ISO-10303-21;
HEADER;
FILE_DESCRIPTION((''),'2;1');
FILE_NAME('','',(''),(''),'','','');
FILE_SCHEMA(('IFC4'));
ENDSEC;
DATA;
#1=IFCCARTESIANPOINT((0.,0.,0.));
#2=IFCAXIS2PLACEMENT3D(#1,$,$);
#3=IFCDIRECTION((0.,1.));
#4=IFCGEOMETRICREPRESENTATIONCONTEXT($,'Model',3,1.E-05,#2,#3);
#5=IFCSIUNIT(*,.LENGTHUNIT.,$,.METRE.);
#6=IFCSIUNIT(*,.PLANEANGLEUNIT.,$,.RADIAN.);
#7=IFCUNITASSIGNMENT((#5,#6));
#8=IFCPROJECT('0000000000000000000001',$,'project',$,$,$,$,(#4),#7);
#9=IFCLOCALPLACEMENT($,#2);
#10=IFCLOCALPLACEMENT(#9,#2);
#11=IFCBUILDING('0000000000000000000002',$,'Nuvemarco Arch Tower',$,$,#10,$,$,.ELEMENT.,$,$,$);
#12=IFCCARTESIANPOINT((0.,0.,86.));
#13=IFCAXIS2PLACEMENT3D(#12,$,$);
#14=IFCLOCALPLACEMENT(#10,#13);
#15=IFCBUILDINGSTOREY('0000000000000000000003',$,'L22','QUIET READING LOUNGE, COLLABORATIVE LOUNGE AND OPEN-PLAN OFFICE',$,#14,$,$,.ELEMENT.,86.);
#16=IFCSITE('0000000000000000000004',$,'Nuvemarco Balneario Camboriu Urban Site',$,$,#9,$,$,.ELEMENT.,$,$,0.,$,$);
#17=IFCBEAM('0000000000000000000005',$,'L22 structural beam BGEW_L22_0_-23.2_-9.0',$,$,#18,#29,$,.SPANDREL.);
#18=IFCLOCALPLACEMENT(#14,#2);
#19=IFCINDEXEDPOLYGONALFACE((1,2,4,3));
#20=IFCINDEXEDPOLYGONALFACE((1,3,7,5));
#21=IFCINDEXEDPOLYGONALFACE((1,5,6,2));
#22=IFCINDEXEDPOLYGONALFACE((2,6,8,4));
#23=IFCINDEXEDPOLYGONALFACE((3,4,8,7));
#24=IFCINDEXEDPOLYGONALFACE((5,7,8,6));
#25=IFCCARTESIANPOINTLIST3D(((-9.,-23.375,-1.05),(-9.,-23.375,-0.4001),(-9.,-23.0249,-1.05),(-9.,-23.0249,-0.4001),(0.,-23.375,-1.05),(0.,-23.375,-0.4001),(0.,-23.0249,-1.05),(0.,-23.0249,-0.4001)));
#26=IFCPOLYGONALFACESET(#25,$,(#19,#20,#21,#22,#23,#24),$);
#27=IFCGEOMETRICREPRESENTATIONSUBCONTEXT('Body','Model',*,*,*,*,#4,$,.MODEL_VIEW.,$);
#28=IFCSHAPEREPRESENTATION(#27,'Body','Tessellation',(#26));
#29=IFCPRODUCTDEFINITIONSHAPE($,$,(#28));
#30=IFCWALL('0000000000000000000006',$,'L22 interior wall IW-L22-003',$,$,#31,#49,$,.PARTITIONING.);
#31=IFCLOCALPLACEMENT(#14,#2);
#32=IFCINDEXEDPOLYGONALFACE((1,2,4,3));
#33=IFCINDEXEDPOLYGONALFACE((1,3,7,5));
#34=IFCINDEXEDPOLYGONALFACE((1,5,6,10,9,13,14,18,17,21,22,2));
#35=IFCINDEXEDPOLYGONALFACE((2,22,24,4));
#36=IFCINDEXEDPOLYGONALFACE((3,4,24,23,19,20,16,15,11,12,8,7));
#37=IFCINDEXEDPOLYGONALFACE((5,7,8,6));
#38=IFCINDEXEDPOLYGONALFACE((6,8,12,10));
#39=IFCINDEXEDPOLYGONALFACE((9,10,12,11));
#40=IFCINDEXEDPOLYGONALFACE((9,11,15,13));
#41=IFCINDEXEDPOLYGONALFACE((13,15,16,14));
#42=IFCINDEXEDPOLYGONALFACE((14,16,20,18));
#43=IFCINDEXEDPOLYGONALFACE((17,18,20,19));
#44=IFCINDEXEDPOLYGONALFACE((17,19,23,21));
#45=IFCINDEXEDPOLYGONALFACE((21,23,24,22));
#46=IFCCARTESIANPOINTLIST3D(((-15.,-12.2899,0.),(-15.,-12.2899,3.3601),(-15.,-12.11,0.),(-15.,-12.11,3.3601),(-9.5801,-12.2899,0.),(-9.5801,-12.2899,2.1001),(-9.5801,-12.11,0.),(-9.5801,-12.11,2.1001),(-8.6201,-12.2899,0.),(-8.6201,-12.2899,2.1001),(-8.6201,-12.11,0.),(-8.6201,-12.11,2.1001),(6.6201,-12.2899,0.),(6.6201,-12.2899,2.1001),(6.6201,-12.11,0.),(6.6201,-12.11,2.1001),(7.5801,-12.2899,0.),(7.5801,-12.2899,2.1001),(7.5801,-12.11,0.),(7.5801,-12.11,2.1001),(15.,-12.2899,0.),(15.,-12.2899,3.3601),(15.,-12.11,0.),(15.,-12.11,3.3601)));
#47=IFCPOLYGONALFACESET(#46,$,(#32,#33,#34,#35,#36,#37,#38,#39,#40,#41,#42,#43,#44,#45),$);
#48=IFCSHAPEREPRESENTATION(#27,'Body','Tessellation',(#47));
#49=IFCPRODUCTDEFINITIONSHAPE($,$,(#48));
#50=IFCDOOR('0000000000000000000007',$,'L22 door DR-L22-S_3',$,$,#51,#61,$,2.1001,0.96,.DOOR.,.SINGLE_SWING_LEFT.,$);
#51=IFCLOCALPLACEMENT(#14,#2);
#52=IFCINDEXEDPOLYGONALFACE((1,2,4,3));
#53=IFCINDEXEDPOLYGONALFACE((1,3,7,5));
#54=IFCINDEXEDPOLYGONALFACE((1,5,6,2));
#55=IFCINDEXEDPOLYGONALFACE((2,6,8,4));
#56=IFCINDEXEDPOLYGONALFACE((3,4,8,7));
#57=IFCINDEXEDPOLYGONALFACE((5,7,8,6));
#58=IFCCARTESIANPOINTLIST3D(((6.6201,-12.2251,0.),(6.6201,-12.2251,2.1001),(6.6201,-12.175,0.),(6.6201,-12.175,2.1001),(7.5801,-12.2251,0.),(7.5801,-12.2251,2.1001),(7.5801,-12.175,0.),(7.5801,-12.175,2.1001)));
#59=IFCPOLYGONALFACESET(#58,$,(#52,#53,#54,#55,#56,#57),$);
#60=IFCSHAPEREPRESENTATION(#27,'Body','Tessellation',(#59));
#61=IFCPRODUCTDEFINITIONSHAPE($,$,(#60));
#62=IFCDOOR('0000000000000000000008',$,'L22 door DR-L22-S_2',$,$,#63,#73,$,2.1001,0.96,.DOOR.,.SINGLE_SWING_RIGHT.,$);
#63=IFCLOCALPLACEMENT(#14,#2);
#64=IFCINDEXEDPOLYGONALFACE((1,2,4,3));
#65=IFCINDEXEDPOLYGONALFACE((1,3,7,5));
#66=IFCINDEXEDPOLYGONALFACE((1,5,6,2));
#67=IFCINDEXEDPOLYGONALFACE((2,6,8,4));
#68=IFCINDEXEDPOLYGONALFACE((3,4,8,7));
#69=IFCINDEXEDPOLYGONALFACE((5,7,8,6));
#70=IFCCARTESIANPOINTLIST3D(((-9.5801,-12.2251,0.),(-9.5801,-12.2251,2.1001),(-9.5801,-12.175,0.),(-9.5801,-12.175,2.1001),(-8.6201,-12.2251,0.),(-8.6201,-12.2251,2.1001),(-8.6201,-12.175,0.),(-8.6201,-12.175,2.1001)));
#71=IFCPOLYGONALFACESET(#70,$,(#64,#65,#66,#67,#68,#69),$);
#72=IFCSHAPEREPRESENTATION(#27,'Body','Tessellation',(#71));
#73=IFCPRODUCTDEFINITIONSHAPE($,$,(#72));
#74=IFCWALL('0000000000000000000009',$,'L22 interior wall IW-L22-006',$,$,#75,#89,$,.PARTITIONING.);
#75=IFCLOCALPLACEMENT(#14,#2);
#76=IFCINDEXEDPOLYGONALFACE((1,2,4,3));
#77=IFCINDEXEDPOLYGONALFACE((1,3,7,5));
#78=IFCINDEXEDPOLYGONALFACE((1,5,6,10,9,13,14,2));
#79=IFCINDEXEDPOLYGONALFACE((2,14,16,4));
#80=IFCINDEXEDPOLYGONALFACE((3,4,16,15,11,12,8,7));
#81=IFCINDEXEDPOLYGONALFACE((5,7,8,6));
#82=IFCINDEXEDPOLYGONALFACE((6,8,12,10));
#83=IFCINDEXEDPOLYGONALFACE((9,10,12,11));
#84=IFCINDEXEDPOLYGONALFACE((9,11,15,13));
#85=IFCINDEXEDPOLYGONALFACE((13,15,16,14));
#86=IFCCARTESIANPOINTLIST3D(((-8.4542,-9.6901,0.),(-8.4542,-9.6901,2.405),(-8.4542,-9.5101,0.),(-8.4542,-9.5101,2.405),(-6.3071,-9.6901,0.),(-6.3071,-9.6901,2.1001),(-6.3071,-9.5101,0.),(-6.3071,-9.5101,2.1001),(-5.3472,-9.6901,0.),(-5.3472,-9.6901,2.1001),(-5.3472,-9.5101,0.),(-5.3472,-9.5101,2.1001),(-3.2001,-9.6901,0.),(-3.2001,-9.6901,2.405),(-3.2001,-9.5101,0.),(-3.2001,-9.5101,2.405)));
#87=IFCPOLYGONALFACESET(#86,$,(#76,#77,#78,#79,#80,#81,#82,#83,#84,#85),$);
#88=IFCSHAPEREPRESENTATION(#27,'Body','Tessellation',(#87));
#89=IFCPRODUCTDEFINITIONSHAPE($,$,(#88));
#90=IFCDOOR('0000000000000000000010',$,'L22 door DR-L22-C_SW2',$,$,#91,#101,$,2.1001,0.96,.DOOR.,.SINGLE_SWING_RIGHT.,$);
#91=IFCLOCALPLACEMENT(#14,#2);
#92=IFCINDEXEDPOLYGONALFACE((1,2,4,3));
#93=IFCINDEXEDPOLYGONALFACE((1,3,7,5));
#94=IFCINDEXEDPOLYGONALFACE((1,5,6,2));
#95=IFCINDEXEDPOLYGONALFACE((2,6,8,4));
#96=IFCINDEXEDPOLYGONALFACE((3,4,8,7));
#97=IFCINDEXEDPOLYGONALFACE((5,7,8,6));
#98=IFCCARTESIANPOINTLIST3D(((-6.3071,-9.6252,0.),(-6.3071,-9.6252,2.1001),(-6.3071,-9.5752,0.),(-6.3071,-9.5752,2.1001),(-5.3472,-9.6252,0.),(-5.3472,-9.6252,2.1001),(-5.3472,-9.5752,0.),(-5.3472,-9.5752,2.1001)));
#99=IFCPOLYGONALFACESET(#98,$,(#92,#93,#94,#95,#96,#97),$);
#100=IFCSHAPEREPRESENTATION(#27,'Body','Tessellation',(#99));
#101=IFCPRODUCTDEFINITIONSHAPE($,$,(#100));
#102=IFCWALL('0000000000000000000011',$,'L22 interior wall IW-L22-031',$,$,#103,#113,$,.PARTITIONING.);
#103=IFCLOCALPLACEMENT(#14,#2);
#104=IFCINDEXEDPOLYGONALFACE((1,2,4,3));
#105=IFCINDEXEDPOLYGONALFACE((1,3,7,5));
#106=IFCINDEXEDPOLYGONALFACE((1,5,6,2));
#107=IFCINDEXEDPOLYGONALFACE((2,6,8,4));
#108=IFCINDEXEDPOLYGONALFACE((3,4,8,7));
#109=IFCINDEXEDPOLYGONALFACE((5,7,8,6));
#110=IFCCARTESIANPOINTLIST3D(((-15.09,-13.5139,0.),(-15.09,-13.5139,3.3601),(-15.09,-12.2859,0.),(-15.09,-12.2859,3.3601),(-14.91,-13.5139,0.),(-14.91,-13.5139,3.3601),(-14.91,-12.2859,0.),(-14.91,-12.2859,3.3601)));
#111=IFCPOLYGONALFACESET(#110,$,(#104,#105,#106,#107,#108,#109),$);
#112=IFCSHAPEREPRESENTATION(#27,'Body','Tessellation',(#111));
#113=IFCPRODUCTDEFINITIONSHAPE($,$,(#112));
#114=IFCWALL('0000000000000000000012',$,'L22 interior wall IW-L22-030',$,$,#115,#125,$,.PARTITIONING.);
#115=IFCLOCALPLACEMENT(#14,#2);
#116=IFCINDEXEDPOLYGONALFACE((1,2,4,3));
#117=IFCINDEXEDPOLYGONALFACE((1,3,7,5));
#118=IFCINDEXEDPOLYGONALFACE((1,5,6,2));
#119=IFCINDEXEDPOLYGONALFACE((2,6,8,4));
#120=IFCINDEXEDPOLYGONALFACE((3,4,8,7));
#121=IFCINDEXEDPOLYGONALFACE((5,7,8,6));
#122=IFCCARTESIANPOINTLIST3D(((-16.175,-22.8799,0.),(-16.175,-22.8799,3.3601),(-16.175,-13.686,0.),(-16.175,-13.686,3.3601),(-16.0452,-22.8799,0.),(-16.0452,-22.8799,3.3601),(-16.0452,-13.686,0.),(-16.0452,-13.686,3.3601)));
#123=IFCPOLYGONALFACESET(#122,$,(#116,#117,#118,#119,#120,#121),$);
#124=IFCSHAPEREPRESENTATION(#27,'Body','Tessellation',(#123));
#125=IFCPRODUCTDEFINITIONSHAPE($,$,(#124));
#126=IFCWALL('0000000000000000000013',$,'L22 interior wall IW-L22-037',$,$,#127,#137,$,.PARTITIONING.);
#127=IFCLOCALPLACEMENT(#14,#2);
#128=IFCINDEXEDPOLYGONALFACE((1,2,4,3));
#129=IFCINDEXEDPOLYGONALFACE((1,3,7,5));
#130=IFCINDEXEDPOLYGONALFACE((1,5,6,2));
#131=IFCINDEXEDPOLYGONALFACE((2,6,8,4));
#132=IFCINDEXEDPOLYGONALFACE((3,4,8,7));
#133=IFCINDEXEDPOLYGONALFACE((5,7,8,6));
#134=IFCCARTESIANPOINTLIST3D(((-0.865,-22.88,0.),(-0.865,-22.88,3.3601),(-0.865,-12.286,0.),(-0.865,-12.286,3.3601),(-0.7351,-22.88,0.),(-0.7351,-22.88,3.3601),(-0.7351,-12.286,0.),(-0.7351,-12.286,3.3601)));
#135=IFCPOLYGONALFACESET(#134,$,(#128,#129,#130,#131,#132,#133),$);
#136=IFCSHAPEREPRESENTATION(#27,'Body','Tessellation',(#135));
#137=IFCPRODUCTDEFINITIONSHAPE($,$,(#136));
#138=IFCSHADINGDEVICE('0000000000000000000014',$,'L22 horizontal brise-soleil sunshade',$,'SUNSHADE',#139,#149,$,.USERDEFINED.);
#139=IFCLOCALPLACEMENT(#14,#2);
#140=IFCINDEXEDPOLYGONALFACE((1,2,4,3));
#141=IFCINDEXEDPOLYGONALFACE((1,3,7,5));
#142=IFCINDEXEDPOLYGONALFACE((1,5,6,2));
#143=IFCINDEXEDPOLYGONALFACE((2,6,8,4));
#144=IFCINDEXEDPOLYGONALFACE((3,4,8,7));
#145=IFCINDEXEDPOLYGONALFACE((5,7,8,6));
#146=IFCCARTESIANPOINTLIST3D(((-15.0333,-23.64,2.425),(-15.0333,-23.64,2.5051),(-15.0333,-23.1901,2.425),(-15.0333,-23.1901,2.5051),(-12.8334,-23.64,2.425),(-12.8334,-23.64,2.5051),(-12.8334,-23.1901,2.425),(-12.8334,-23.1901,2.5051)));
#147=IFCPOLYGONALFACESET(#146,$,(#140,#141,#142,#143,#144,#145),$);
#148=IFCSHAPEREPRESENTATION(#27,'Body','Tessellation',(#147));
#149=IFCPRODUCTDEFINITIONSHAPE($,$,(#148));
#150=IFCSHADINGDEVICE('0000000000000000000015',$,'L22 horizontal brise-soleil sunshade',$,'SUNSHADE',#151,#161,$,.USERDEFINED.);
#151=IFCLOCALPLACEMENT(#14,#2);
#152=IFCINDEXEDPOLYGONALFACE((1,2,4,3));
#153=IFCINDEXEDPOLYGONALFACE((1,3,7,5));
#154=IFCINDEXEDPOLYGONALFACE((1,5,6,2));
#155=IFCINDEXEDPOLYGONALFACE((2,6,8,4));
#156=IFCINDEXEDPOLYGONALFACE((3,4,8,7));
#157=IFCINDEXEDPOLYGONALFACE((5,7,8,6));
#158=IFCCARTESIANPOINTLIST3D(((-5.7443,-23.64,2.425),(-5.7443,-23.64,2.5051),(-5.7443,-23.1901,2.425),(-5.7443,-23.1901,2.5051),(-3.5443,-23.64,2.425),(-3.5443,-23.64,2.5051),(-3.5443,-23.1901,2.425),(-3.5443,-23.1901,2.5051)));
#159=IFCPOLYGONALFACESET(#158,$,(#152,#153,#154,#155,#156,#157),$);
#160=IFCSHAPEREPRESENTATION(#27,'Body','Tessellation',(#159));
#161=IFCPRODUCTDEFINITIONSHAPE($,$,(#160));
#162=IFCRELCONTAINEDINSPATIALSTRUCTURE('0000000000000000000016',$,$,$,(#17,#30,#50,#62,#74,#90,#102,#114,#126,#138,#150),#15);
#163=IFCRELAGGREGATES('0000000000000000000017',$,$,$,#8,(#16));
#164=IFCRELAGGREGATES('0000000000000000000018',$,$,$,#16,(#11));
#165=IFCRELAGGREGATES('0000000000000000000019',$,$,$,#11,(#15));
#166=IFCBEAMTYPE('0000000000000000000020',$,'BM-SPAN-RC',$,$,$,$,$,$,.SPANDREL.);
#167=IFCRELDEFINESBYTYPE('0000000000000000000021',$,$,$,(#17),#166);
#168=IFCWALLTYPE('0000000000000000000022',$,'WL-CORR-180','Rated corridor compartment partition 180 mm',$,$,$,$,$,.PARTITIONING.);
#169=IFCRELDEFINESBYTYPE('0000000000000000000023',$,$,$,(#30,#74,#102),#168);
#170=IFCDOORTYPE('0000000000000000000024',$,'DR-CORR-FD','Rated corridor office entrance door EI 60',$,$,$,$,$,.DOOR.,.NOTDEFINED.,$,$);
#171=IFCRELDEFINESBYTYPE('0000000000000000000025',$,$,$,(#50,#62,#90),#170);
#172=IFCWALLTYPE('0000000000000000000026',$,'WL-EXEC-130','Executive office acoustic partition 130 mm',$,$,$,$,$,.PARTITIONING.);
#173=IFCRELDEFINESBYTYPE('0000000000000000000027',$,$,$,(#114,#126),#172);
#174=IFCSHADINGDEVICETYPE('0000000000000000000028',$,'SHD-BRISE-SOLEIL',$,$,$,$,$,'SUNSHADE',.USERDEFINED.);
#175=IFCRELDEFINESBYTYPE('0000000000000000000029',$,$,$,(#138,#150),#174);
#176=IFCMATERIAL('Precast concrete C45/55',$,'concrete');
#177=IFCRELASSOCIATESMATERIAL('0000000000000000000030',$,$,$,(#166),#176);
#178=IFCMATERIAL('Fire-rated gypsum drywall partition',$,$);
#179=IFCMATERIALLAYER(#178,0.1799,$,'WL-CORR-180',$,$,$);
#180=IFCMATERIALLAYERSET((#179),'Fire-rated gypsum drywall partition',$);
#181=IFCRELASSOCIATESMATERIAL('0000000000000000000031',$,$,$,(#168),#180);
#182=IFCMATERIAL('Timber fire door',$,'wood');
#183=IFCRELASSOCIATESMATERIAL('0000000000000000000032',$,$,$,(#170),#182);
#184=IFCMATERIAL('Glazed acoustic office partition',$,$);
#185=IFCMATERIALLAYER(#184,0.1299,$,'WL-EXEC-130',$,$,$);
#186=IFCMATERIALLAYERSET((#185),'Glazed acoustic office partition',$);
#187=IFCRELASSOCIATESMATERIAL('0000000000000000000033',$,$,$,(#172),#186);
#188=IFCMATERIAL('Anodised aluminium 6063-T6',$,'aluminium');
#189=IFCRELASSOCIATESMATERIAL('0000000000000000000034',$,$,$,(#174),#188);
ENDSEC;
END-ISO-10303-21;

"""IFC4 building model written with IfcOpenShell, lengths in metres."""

from ifc_helpers import new_model, si_unit, direction, frame, frame_2d, origin, origin_2d, place, context, subcontext, project, spatial, rectangle, extrude, source, transform, mapped, material, layer, layer_set, material_profile, profile_set, type_object, type_shapes, element, fill, save


model = new_model("IFC4")

# Units and contexts
model_context = context("Model", 3, precision=1e-05, world=origin(), true_north=direction((0.0, 1.0)))
body_context = subcontext(model_context, "Body", "Model", "MODEL_VIEW")
ifc_project = project(units=[si_unit("LENGTHUNIT", "METRE"), si_unit("PLANEANGLEUNIT", "RADIAN")], contexts=[model_context])

# Site, building, storey
site_placement = place(None, origin())
site = spatial("IfcSite", under=ifc_project, at=site_placement, Name="Nuvemarco Balneario Camboriu Urban Site", CompositionType="ELEMENT", RefElevation=0.0)
building_placement = place(site_placement, origin())
building = spatial("IfcBuilding", under=site, at=building_placement, Name="Nuvemarco Arch Tower", CompositionType="ELEMENT")
storey_placement = place(building_placement, frame((0.0, 0.0, 86.0)))
storey = spatial("IfcBuildingStorey", under=building, at=storey_placement, Name="L22", Description="QUIET READING LOUNGE, COLLABORATIVE LOUNGE AND OPEN-PLAN OFFICE", CompositionType="ELEMENT", Elevation=86.0)

# Beam
ifc_material_1 = material(Name="Precast concrete C45/55", Category="concrete")
ifc_material_profile_1 = material_profile(ifc_material_1, rectangle(XDim=0.3501, YDim=0.6499, at=origin_2d()), Name="PC-SP-350x650")
ifc_profile_set_1 = profile_set([ifc_material_profile_1], Name="Precast concrete C45/55")
beam_type_1 = type_object("IfcBeamType", Name="BM-SPAN-RC", PredefinedType="SPANDREL", material=ifc_profile_set_1)
beam_1_placement = place(storey_placement, frame((-9.0, -23.2, -0.7251), z_axis=(1.0, 0.0, 0.0), x_axis=(0.0, 1.0, 0.0)))
element("IfcBeam", 1, at=beam_1_placement, inside=storey, type_object=beam_type_1, Name="L22 structural beam BGEW_L22_0_-23.2_-9.0", PredefinedType="SPANDREL", context=body_context, shape_type="SweptSolid", body=[
    extrude(rectangle(XDim=0.3501, YDim=0.6499, at=origin_2d()), origin(), (0.0, 0.0, 1.0), 9.0),
])

# Wall, openings, doors
ifc_material_2 = material(Name="Fire-rated gypsum drywall partition")
ifc_layer_1 = layer(ifc_material_2, 0.1799, Name="WL-CORR-180")
ifc_layer_set_1 = layer_set([ifc_layer_1], Name="Fire-rated gypsum drywall partition")
wall_type_1 = type_object("IfcWallType", Name="WL-CORR-180", Description="Rated corridor compartment partition 180 mm", PredefinedType="PARTITIONING", material=ifc_layer_set_1)
wall_1_placement = place(storey_placement, frame((-15.0, -12.2, 0.0), z_axis=(0.0, 0.0, 1.0), x_axis=(1.0, 0.0, 0.0)))
wall_1 = element("IfcWall", 2, at=wall_1_placement, inside=storey, type_object=wall_type_1, Name="L22 interior wall IW-L22-003", PredefinedType="PARTITIONING", context=body_context, shape_type="SweptSolid", body=[
    extrude(rectangle(XDim=30.0, YDim=0.1799, at=frame_2d((15.0, 0.0))), origin(), (0.0, 0.0, 1.0), 3.3601),
])
opening_1_placement = place(wall_1_placement, frame((21.6201, 0.0, 0.0)))
opening_1 = element("IfcOpeningElement", 3, at=opening_1_placement, cuts=wall_1, PredefinedType="OPENING", context=body_context, shape_type="SweptSolid", body=[
    extrude(rectangle(XDim=0.96, YDim=2.1001, at=frame_2d((0.48, 1.05))), frame((0.0, 0.0999, 0.0), z_axis=(0.0, -1.0, 0.0), x_axis=(1.0, 0.0, 0.0)), (0.0, 0.0, 1.0), 0.2),
])
opening_2_placement = place(wall_1_placement, frame((5.4199, 0.0, 0.0)))
opening_2 = element("IfcOpeningElement", 4, at=opening_2_placement, cuts=wall_1, PredefinedType="OPENING", context=body_context, shape_type="SweptSolid", body=[
    extrude(rectangle(XDim=0.96, YDim=2.1001, at=frame_2d((0.48, 1.05))), frame((0.0, 0.0999, 0.0), z_axis=(0.0, -1.0, 0.0), x_axis=(1.0, 0.0, 0.0)), (0.0, 0.0, 1.0), 0.2),
])
ifc_material_3 = material(Name="Timber fire door", Category="wood")
door_type = type_object("IfcDoorType", Name="DR-CORR-FD", Description="Rated corridor office entrance door EI 60", OperationType="NOTDEFINED", PredefinedType="DOOR", material=ifc_material_3)
shared_shape_1 = source(origin(), body_context, "Body", "SweptSolid", [
    extrude(rectangle(XDim=0.96, YDim=2.1001, at=frame_2d((0.48, 1.05))), frame((0.0, 0.0249, 0.0), z_axis=(0.0, -1.0, 0.0), x_axis=(1.0, 0.0, 0.0)), (0.0, 0.0, 1.0), 0.05),
])
type_shapes(door_type, [shared_shape_1])
door_1_placement = place(opening_1_placement, origin())
door_1 = element("IfcDoor", 5, at=door_1_placement, inside=storey, type_object=door_type, Name="L22 door DR-L22-S_3", OperationType="SINGLE_SWING_LEFT", OverallHeight=2.1001, OverallWidth=0.96, PredefinedType="DOOR", context=body_context, shape_type="MappedRepresentation", body=[
    mapped(shared_shape_1, transform((0.0, 0.0, 0.0), scale=1.0)),
])
fill(opening_1, door_1)
door_2_placement = place(opening_2_placement, origin())
door_2 = element("IfcDoor", 6, at=door_2_placement, inside=storey, type_object=door_type, Name="L22 door DR-L22-S_2", OperationType="SINGLE_SWING_RIGHT", OverallHeight=2.1001, OverallWidth=0.96, PredefinedType="DOOR", context=body_context, shape_type="MappedRepresentation", body=[
    mapped(shared_shape_1, transform((0.0, 0.0, 0.0), scale=1.0)),
])
fill(opening_2, door_2)

# Wall, opening, door
wall_2_placement = place(storey_placement, frame((-8.4541, -9.6001, 0.0), z_axis=(0.0, 0.0, 1.0), x_axis=(1.0, 0.0, 0.0)))
wall_2 = element("IfcWall", 7, at=wall_2_placement, inside=storey, type_object=wall_type_1, Name="L22 interior wall IW-L22-006", PredefinedType="PARTITIONING", context=body_context, shape_type="SweptSolid", body=[
    extrude(rectangle(XDim=5.2542, YDim=0.1799, at=frame_2d((2.627, 0.0))), origin(), (0.0, 0.0, 1.0), 2.405),
])
opening_3_placement = place(wall_2_placement, frame((2.147, 0.0, 0.0)))
opening_3 = element("IfcOpeningElement", 8, at=opening_3_placement, cuts=wall_2, PredefinedType="OPENING", context=body_context, shape_type="SweptSolid", body=[
    extrude(rectangle(XDim=0.96, YDim=2.1001, at=frame_2d((0.48, 1.05))), frame((0.0, 0.0999, 0.0), z_axis=(0.0, -1.0, 0.0), x_axis=(1.0, 0.0, 0.0)), (0.0, 0.0, 1.0), 0.2),
])
door_3_placement = place(opening_3_placement, origin())
door_3 = element("IfcDoor", 9, at=door_3_placement, inside=storey, type_object=door_type, Name="L22 door DR-L22-C_SW2", OperationType="SINGLE_SWING_RIGHT", OverallHeight=2.1001, OverallWidth=0.96, PredefinedType="DOOR", context=body_context, shape_type="MappedRepresentation", body=[
    mapped(shared_shape_1, transform((0.0, 0.0, 0.0), scale=1.0)),
])
fill(opening_3, door_3)

# Walls
wall_3_placement = place(storey_placement, frame((-15.0, -13.5139, 0.0), z_axis=(0.0, 0.0, 1.0), x_axis=(0.0, 1.0, 0.0)))
element("IfcWall", 10, at=wall_3_placement, inside=storey, type_object=wall_type_1, Name="L22 interior wall IW-L22-031", PredefinedType="PARTITIONING", context=body_context, shape_type="SweptSolid", body=[
    extrude(rectangle(XDim=1.228, YDim=0.1799, at=frame_2d((0.614, 0.0))), origin(), (0.0, 0.0, 1.0), 3.3601),
])
ifc_material_4 = material(Name="Glazed acoustic office partition")
ifc_layer_2 = layer(ifc_material_4, 0.1299, Name="WL-EXEC-130")
ifc_layer_set_2 = layer_set([ifc_layer_2], Name="Glazed acoustic office partition")
wall_type_2 = type_object("IfcWallType", Name="WL-EXEC-130", Description="Executive office acoustic partition 130 mm", PredefinedType="PARTITIONING", material=ifc_layer_set_2)
wall_4_placement = place(storey_placement, frame((-16.1101, -22.8799, 0.0), z_axis=(0.0, 0.0, 1.0), x_axis=(0.0, 1.0, 0.0)))
element("IfcWall", 11, at=wall_4_placement, inside=storey, type_object=wall_type_2, Name="L22 interior wall IW-L22-030", PredefinedType="PARTITIONING", context=body_context, shape_type="SweptSolid", body=[
    extrude(rectangle(XDim=9.1938, YDim=0.1299, at=frame_2d((4.5969, 0.0))), origin(), (0.0, 0.0, 1.0), 3.3601),
])
wall_5_placement = place(storey_placement, frame((-0.8, -22.8799, 0.0), z_axis=(0.0, 0.0, 1.0), x_axis=(0.0, 1.0, 0.0)))
element("IfcWall", 12, at=wall_5_placement, inside=storey, type_object=wall_type_2, Name="L22 interior wall IW-L22-037", PredefinedType="PARTITIONING", context=body_context, shape_type="SweptSolid", body=[
    extrude(rectangle(XDim=10.594, YDim=0.1299, at=frame_2d((5.2969, 0.0))), origin(), (0.0, 0.0, 1.0), 3.3601),
])

# Shading devices
ifc_material_5 = material(Name="Anodised aluminium 6063-T6", Category="aluminium")
shading_device_type = type_object("IfcShadingDeviceType", Name="SHD-BRISE-SOLEIL", ElementType="SUNSHADE", PredefinedType="USERDEFINED", material=ifc_material_5)
shared_shape_2 = source(origin(), body_context, "Body", "SweptSolid", [
    extrude(rectangle(XDim=2.2, YDim=0.45, at=origin_2d()), origin(), (0.0, 0.0, 1.0), 0.0801),
])
type_shapes(shading_device_type, [shared_shape_2])
for number, where, z_axis, x_axis, name in (
    (13, (-13.9333, -23.415, 2.425), (0.0, 0.0, 1.0), (1.0, 0.0, 0.0), "L22 horizontal brise-soleil sunshade"),
    (14, (-4.6443, -23.415, 2.425), (0.0, 0.0, 1.0), (1.0, 0.0, 0.0), "L22 horizontal brise-soleil sunshade"),
):
    element("IfcShadingDevice", number, at=place(storey_placement, frame(where, z_axis=z_axis, x_axis=x_axis)), inside=storey, type_object=shading_device_type, Name=name, ObjectType="SUNSHADE", PredefinedType="USERDEFINED", context=body_context, shape_type="MappedRepresentation", body=[
        mapped(shared_shape_2, transform((0.0, 0.0, 0.0), scale=1.0)),
    ])

save(model, "model.ifc")
